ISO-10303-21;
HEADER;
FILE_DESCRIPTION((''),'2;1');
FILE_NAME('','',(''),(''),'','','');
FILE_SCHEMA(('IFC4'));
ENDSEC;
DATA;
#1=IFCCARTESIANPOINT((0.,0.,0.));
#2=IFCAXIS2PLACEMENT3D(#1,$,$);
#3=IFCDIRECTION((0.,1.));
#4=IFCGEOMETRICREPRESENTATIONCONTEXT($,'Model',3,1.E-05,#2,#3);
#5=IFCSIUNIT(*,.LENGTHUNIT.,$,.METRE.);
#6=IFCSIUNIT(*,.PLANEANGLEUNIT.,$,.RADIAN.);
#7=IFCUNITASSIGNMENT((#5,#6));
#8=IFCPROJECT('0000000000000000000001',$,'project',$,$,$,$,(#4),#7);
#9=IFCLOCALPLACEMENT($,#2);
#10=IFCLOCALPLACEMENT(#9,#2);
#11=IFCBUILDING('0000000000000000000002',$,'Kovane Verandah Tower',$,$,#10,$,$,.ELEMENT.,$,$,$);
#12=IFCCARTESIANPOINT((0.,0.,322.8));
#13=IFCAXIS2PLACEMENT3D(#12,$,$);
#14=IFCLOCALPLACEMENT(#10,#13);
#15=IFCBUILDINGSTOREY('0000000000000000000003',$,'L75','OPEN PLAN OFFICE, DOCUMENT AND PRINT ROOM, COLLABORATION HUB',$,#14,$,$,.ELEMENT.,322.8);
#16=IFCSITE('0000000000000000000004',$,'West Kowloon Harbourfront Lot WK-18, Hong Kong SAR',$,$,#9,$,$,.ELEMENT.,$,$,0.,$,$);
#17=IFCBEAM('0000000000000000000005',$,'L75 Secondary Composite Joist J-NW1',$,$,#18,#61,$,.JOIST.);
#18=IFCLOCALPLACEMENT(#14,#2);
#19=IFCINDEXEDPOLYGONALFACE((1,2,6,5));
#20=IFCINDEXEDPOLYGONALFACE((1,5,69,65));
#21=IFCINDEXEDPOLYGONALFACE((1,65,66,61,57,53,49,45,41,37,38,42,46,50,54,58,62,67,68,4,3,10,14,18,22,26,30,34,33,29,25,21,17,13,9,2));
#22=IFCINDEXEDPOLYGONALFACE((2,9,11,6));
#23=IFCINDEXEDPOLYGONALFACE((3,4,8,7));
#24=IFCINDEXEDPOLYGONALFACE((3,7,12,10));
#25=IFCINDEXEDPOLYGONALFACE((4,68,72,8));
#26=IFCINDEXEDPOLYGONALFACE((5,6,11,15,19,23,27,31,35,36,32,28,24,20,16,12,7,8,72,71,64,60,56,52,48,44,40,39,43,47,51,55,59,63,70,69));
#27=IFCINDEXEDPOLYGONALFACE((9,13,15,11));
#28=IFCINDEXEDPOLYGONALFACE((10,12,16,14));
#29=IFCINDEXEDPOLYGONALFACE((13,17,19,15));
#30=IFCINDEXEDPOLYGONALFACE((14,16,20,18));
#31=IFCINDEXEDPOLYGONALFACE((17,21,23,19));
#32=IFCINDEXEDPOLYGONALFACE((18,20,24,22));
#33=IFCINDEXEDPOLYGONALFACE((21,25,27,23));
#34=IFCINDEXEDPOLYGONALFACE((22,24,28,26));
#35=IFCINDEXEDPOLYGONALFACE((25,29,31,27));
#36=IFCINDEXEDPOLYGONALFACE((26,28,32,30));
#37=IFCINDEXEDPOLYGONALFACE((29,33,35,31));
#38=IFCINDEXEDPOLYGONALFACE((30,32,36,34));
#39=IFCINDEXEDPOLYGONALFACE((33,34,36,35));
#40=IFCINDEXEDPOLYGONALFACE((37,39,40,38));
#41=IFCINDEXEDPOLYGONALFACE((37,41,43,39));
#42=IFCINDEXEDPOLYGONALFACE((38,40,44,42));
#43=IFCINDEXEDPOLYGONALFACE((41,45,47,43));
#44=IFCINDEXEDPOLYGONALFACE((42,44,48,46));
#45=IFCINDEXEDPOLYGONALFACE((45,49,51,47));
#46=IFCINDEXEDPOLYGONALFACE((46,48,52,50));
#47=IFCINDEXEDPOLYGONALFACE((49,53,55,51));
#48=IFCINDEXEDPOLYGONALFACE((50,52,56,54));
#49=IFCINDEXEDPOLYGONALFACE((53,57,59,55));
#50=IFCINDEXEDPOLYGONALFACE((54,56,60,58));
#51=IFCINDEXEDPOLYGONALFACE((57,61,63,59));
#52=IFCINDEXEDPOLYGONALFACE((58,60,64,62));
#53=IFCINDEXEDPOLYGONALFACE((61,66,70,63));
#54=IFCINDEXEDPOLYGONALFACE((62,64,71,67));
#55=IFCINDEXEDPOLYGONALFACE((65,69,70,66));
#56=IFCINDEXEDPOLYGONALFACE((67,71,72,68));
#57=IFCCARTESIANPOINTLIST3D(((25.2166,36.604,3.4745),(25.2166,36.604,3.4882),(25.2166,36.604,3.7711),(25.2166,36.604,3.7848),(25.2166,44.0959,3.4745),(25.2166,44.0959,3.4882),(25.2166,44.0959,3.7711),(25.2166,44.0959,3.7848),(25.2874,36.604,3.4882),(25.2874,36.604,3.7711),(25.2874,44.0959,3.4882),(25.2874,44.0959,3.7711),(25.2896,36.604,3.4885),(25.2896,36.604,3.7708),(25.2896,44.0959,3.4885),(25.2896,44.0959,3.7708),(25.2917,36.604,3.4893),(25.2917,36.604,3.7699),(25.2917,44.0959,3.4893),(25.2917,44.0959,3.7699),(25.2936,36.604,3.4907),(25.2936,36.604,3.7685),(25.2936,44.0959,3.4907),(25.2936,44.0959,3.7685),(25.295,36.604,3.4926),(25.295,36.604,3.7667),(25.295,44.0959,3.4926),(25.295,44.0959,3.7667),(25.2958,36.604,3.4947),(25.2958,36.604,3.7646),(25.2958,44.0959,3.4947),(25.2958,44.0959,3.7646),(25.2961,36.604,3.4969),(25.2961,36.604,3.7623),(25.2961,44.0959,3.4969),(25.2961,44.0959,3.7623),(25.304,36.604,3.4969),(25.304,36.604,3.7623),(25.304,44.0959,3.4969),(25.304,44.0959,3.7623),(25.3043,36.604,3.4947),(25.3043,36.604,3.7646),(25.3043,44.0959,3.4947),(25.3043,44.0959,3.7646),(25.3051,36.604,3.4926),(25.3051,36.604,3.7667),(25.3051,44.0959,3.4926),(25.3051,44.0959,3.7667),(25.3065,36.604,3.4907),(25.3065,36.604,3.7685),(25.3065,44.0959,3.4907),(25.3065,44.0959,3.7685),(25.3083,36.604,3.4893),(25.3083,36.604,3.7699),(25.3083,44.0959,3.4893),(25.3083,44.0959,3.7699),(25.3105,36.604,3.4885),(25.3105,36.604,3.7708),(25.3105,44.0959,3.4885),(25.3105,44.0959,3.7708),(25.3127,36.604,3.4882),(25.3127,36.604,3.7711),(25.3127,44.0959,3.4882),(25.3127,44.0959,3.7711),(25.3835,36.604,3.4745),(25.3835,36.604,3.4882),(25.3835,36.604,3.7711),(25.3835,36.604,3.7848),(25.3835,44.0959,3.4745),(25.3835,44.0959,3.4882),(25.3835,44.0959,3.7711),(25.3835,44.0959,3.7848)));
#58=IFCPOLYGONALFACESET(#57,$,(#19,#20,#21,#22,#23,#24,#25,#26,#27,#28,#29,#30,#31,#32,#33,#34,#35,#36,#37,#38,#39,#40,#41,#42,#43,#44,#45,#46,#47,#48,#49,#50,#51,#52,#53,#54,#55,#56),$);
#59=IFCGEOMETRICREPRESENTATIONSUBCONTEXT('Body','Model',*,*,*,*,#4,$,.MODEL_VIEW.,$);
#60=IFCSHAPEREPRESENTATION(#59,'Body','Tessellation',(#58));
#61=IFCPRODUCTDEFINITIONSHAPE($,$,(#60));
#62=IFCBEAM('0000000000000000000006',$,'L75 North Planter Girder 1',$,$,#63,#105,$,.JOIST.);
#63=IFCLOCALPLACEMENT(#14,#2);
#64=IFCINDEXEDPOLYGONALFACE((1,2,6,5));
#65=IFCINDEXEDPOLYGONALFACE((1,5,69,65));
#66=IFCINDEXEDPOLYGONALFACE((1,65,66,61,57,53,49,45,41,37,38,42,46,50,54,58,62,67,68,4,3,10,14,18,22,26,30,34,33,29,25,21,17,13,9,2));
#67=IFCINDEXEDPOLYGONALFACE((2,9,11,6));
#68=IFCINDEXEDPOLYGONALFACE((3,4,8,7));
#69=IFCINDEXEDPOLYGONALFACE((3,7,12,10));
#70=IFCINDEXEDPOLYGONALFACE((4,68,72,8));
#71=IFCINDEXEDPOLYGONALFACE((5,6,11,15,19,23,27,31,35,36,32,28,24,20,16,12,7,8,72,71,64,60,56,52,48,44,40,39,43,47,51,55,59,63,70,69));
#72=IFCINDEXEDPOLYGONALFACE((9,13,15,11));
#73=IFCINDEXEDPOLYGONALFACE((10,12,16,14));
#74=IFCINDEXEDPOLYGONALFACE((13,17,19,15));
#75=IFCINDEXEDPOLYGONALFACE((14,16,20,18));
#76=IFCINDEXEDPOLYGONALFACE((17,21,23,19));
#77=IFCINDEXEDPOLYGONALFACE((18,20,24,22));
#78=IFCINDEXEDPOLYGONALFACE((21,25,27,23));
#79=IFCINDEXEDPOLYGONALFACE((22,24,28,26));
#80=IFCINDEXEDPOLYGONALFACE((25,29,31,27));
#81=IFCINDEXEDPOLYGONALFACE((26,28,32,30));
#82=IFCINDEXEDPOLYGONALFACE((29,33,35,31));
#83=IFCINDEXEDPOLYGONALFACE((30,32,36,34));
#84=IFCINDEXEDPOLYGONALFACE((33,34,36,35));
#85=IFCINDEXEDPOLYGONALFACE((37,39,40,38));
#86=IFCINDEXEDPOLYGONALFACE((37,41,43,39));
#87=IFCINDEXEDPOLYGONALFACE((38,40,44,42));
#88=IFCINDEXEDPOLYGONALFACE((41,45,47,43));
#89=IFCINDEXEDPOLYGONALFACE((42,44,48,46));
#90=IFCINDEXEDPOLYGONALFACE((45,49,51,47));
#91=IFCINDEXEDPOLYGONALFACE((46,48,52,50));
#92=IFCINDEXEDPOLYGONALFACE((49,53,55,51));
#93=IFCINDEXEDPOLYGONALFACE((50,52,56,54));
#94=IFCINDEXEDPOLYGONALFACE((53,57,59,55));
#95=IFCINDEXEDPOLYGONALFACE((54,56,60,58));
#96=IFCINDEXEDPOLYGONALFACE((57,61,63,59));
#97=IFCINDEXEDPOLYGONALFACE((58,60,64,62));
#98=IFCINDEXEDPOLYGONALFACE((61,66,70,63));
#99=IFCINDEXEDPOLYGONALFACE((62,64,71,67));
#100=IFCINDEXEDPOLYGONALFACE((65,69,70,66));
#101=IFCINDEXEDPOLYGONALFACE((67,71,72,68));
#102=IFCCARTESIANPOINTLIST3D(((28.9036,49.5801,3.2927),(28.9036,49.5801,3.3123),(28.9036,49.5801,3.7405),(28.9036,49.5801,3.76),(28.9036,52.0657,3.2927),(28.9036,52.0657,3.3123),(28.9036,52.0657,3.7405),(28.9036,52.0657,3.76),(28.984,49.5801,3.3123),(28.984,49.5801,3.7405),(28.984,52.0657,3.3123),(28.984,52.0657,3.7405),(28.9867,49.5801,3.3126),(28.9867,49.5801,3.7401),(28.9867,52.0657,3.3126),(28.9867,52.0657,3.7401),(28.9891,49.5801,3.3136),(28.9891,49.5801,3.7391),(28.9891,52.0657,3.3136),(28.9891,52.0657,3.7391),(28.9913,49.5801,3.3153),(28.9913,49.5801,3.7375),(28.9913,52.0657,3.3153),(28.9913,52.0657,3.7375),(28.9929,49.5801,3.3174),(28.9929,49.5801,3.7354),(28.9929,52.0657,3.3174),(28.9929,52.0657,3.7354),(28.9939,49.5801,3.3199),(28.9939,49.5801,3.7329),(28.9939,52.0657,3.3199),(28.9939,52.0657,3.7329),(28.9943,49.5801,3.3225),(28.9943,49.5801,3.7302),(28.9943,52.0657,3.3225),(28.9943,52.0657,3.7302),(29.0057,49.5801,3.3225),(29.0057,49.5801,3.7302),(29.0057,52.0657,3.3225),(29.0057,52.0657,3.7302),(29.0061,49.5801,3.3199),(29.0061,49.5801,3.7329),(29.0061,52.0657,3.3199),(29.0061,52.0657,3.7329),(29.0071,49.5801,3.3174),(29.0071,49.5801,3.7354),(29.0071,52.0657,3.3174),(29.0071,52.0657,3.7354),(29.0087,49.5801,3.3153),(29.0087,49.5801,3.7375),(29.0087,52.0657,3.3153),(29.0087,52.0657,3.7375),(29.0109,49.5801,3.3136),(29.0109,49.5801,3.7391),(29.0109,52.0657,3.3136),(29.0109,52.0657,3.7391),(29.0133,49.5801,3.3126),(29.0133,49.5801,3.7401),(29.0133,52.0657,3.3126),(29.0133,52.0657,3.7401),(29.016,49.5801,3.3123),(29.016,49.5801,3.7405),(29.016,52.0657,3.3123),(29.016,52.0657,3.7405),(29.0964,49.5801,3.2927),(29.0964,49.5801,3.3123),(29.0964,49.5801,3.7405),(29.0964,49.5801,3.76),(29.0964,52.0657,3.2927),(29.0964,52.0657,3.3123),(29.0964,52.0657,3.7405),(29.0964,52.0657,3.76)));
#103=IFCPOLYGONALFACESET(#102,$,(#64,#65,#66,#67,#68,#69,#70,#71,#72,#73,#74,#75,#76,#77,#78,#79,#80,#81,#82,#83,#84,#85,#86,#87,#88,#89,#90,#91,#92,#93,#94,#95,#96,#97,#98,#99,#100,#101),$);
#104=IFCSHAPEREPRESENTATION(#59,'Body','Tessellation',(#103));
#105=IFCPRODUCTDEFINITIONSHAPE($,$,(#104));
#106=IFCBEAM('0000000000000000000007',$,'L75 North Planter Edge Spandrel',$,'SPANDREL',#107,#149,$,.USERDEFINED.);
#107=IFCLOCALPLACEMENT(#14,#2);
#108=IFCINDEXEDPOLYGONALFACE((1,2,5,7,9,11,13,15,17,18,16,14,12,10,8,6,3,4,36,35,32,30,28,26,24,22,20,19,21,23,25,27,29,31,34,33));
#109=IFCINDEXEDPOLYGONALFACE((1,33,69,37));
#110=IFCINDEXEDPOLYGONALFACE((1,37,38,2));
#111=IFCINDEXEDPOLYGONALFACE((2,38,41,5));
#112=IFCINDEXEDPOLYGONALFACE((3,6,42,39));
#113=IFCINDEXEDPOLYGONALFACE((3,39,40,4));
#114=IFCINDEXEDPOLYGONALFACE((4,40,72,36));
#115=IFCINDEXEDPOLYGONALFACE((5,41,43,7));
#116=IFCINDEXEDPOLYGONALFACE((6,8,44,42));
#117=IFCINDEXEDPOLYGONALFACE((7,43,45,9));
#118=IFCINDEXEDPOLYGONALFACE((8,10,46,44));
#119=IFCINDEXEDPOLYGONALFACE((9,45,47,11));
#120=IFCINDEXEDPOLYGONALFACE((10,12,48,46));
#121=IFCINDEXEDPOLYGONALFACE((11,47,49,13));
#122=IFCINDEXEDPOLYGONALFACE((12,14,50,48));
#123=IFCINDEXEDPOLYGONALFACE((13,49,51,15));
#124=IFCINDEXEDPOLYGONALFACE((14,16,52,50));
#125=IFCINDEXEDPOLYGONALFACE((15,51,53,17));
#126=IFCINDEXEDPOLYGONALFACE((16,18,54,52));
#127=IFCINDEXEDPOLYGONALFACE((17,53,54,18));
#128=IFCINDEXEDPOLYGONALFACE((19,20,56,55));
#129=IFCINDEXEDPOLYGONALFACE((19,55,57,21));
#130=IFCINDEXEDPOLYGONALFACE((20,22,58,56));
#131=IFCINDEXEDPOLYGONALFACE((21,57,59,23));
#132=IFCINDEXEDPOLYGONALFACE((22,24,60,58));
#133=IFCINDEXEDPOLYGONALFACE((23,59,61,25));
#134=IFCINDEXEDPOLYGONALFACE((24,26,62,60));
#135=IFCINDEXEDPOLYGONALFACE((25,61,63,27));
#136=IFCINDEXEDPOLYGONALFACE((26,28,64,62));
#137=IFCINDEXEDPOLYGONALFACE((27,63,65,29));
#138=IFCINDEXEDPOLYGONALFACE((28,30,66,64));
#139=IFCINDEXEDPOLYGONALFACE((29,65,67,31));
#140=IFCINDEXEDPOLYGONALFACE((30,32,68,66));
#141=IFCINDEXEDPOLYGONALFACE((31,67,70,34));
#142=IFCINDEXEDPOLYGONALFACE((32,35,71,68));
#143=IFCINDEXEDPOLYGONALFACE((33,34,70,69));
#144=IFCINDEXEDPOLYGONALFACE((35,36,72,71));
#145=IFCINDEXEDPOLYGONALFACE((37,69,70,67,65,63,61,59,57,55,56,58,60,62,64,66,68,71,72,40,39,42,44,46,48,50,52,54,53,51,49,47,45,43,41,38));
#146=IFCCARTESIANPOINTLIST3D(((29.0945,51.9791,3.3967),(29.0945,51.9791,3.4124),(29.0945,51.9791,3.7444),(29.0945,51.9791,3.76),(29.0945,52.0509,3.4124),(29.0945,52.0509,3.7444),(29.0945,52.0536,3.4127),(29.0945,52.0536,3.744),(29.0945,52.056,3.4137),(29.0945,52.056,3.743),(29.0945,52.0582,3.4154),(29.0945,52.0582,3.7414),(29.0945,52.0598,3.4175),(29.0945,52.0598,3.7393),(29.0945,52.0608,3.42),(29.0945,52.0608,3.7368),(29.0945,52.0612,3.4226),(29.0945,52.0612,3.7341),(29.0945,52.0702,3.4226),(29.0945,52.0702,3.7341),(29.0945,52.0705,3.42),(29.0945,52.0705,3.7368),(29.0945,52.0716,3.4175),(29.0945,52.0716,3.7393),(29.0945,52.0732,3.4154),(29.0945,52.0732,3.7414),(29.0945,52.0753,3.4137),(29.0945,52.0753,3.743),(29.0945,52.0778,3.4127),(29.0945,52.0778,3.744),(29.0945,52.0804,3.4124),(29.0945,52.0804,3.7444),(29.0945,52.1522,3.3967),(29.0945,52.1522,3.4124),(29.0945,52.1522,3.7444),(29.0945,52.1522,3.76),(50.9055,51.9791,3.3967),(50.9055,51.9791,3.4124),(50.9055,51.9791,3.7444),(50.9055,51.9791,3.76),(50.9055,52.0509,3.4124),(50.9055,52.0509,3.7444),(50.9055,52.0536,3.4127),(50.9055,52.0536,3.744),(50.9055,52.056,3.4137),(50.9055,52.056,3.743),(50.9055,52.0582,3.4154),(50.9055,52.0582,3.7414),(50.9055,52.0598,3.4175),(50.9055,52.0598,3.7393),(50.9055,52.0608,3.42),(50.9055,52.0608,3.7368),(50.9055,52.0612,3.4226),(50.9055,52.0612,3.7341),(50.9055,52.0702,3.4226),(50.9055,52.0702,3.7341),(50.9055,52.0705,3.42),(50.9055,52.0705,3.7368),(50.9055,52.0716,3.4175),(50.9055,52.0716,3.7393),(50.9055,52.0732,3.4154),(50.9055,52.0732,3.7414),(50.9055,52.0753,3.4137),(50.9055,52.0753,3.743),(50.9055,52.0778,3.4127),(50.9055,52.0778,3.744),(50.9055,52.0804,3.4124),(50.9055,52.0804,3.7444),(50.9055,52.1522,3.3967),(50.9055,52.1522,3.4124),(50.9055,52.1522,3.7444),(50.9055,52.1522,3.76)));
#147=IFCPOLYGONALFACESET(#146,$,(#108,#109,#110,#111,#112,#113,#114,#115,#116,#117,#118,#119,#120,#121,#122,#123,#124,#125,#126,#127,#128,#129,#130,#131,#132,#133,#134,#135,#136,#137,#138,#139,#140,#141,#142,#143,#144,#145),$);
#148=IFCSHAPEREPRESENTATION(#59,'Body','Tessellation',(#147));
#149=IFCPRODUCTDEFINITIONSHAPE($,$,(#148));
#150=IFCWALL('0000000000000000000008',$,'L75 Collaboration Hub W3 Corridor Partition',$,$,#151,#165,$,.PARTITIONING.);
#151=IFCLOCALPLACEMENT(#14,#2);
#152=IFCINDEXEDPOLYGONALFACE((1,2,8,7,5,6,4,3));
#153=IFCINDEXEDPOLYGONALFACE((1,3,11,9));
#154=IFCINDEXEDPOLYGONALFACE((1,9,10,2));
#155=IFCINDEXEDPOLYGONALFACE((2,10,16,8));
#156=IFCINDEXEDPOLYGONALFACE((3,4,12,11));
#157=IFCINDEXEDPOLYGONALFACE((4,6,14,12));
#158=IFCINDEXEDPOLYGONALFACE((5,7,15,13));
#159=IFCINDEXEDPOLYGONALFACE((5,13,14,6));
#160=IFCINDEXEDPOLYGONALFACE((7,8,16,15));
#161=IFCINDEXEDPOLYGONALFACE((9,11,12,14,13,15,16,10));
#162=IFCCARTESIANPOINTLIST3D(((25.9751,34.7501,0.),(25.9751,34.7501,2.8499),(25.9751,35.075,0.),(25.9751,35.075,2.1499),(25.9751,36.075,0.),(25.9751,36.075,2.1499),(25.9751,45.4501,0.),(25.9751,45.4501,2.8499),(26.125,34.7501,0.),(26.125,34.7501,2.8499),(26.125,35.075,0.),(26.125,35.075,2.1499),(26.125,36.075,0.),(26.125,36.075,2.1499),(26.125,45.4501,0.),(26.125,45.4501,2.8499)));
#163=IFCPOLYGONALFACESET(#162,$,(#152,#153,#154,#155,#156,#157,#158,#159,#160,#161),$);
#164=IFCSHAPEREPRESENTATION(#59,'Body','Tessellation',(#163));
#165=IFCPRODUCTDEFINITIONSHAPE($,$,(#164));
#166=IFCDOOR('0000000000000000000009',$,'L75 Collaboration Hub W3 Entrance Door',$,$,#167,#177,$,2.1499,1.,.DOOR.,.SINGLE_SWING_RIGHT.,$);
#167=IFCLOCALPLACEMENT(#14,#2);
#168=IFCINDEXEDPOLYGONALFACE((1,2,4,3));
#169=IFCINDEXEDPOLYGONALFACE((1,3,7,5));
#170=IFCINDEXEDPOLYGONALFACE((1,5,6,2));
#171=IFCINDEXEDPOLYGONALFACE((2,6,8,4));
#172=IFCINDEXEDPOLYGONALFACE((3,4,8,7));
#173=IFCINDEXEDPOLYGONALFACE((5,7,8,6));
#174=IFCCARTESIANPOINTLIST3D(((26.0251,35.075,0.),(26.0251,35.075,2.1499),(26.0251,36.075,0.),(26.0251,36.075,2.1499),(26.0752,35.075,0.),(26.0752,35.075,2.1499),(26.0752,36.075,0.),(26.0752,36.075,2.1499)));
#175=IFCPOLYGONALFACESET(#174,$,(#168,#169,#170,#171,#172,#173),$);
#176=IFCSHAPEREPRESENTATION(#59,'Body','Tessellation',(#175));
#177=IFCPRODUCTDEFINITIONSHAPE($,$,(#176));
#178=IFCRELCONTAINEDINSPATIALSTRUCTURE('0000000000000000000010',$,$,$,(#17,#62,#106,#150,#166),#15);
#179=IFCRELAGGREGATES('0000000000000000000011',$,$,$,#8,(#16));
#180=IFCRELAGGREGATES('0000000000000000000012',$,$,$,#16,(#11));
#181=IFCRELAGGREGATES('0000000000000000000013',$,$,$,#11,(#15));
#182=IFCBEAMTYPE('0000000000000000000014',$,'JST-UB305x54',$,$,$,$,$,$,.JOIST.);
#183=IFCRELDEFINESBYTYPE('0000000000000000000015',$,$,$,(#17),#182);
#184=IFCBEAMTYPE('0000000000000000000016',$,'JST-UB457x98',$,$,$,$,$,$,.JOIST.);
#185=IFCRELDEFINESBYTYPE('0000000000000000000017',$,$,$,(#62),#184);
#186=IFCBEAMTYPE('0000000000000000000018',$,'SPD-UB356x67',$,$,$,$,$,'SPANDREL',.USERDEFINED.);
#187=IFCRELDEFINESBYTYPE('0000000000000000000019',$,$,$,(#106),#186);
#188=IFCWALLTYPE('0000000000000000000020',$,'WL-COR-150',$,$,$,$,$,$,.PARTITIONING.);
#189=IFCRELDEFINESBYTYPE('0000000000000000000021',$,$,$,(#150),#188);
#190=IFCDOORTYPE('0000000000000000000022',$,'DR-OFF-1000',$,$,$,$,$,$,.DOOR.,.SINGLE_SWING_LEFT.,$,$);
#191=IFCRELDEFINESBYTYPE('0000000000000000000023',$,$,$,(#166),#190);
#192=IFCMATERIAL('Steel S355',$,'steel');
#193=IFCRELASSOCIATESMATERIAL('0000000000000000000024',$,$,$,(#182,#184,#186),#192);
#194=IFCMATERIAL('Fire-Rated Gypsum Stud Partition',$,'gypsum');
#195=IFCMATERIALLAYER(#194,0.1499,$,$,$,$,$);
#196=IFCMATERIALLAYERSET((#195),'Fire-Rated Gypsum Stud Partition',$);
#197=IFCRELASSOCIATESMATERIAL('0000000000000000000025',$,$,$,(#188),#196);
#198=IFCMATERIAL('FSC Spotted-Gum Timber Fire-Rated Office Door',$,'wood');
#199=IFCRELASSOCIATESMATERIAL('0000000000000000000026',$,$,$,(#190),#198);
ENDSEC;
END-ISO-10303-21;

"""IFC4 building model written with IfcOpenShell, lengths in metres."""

from ifc_helpers import new_model, si_unit, direction, frame, frame_2d, origin, origin_2d, place, context, subcontext, project, spatial, rectangle, i_section, extrude, material, layer, layer_set, material_profile, profile_set, type_object, element, fill, save


model = new_model("IFC4")

# Units and contexts
model_context = context("Model", 3, precision=1e-05, world=origin(), true_north=direction((0.0, 1.0)))
body_context = subcontext(model_context, "Body", "Model", "MODEL_VIEW")
ifc_project = project(units=[si_unit("LENGTHUNIT", "METRE"), si_unit("PLANEANGLEUNIT", "RADIAN")], contexts=[model_context])

# Site, building, storey
site_placement = place(None, origin())
site = spatial("IfcSite", under=ifc_project, at=site_placement, Name="West Kowloon Harbourfront Lot WK-18, Hong Kong SAR", CompositionType="ELEMENT", RefElevation=0.0)
building_placement = place(site_placement, origin())
building = spatial("IfcBuilding", under=site, at=building_placement, Name="Kovane Verandah Tower", CompositionType="ELEMENT")
storey_placement = place(building_placement, frame((0.0, 0.0, 322.8)))
storey = spatial("IfcBuildingStorey", under=building, at=storey_placement, Name="L75", Description="OPEN PLAN OFFICE, DOCUMENT AND PRINT ROOM, COLLABORATION HUB", CompositionType="ELEMENT", Elevation=322.8)

# Beams
ifc_material_1 = material(Name="Steel S355", Category="steel")
ifc_material_profile_1 = material_profile(ifc_material_1, i_section(OverallWidth=0.167, OverallDepth=0.3103, WebThickness=0.0078, FlangeThickness=0.0137, FilletRadius=0.0088, at=origin_2d()), Name="UB305x165x54")
ifc_profile_set_1 = profile_set([ifc_material_profile_1], Name="Steel S355")
beam_type_1 = type_object("IfcBeamType", Name="JST-UB305x54", PredefinedType="JOIST", material=ifc_profile_set_1)
beam_1_placement = place(storey_placement, frame((25.3, 36.604, 3.6296), z_axis=(0.0, 1.0, 0.0), x_axis=(-1.0, 0.0, 0.0)))
element("IfcBeam", 1, at=beam_1_placement, inside=storey, type_object=beam_type_1, Name="L75 Secondary Composite Joist J-NW1", PredefinedType="JOIST", context=body_context, shape_type="SweptSolid", body=[
    extrude(i_section(OverallWidth=0.167, OverallDepth=0.3103, WebThickness=0.0078, FlangeThickness=0.0137, FilletRadius=0.0088, at=origin_2d()), origin(), (0.0, 0.0, 1.0), 7.4919),
])
ifc_material_profile_2 = material_profile(ifc_material_1, i_section(OverallWidth=0.1929, OverallDepth=0.4673, WebThickness=0.0115, FlangeThickness=0.0195, FilletRadius=0.0103, at=origin_2d()), Name="UB457x191x98")
ifc_profile_set_2 = profile_set([ifc_material_profile_2], Name="Steel S355")
beam_type_2 = type_object("IfcBeamType", Name="JST-UB457x98", PredefinedType="JOIST", material=ifc_profile_set_2)
beam_2_placement = place(storey_placement, frame((29.0, 49.5801, 3.5264), z_axis=(0.0, 1.0, 0.0), x_axis=(-1.0, 0.0, 0.0)))
element("IfcBeam", 2, at=beam_2_placement, inside=storey, type_object=beam_type_2, Name="L75 North Planter Girder 1", PredefinedType="JOIST", context=body_context, shape_type="SweptSolid", body=[
    extrude(i_section(OverallWidth=0.1929, OverallDepth=0.4673, WebThickness=0.0115, FlangeThickness=0.0195, FilletRadius=0.0103, at=origin_2d()), origin(), (0.0, 0.0, 1.0), 2.4856),
])
ifc_material_profile_3 = material_profile(ifc_material_1, i_section(OverallWidth=0.1731, OverallDepth=0.3633, WebThickness=0.009, FlangeThickness=0.0156, FilletRadius=0.0103, at=origin_2d()), Name="UB356x171x67")
ifc_profile_set_3 = profile_set([ifc_material_profile_3], Name="Steel S355")
beam_type_3 = type_object("IfcBeamType", Name="SPD-UB356x67", ElementType="SPANDREL", PredefinedType="USERDEFINED", material=ifc_profile_set_3)
beam_3_placement = place(storey_placement, frame((29.0945, 52.0657, 3.5784), z_axis=(1.0, 0.0, 0.0), x_axis=(0.0, 1.0, 0.0)))
element("IfcBeam", 3, at=beam_3_placement, inside=storey, type_object=beam_type_3, Name="L75 North Planter Edge Spandrel", ObjectType="SPANDREL", PredefinedType="USERDEFINED", context=body_context, shape_type="SweptSolid", body=[
    extrude(i_section(OverallWidth=0.1731, OverallDepth=0.3633, WebThickness=0.009, FlangeThickness=0.0156, FilletRadius=0.0103, at=origin_2d()), origin(), (0.0, 0.0, 1.0), 21.811),
])

# Wall, opening, door
ifc_material_2 = material(Name="Fire-Rated Gypsum Stud Partition", Category="gypsum")
ifc_layer_1 = layer(ifc_material_2, 0.1499)
ifc_layer_set_1 = layer_set([ifc_layer_1], Name="Fire-Rated Gypsum Stud Partition")
wall_type_1 = type_object("IfcWallType", Name="WL-COR-150", PredefinedType="PARTITIONING", material=ifc_layer_set_1)
ifc_material_3 = material(Name="FSC Spotted-Gum Timber Fire-Rated Office Door", Category="wood")
door_type = type_object("IfcDoorType", Name="DR-OFF-1000", OperationType="SINGLE_SWING_LEFT", PredefinedType="DOOR", material=ifc_material_3)
wall_1_placement = place(storey_placement, frame((26.05, 34.75, 0.0), z_axis=(0.0, 0.0, 1.0), x_axis=(0.0, 1.0, 0.0)))
wall_1 = element("IfcWall", 4, at=wall_1_placement, inside=storey, type_object=wall_type_1, Name="L75 Collaboration Hub W3 Corridor Partition", PredefinedType="PARTITIONING", context=body_context, shape_type="SweptSolid", body=[
    extrude(rectangle(XDim=10.7, YDim=0.1499, at=frame_2d((5.3501, 0.0))), origin(), (0.0, 0.0, 1.0), 2.8499),
])
opening_1_placement = place(wall_1_placement, frame((0.325, 0.0, 0.0)))
opening_1 = element("IfcOpeningElement", 5, at=opening_1_placement, cuts=wall_1, PredefinedType="OPENING", context=body_context, shape_type="SweptSolid", body=[
    extrude(rectangle(XDim=1.0, YDim=2.1499, at=frame_2d((0.5, 1.075))), frame((0.0, 0.075, 0.0), z_axis=(0.0, -1.0, 0.0), x_axis=(1.0, 0.0, 0.0)), (0.0, 0.0, 1.0), 0.1499),
])
door_1_placement = place(opening_1_placement, origin())
door_1 = element("IfcDoor", 6, at=door_1_placement, inside=storey, type_object=door_type, Name="L75 Collaboration Hub W3 Entrance Door", OperationType="SINGLE_SWING_RIGHT", OverallHeight=2.1499, OverallWidth=1.0, PredefinedType="DOOR", context=body_context, shape_type="SweptSolid", body=[
    extrude(rectangle(XDim=1.0, YDim=2.1499, at=frame_2d((0.5, 1.075))), frame((0.0, 0.0249, 0.0), z_axis=(0.0, -1.0, 0.0), x_axis=(1.0, 0.0, 0.0)), (0.0, 0.0, 1.0), 0.05),
])
fill(opening_1, door_1)

save(model, "model.ifc")
